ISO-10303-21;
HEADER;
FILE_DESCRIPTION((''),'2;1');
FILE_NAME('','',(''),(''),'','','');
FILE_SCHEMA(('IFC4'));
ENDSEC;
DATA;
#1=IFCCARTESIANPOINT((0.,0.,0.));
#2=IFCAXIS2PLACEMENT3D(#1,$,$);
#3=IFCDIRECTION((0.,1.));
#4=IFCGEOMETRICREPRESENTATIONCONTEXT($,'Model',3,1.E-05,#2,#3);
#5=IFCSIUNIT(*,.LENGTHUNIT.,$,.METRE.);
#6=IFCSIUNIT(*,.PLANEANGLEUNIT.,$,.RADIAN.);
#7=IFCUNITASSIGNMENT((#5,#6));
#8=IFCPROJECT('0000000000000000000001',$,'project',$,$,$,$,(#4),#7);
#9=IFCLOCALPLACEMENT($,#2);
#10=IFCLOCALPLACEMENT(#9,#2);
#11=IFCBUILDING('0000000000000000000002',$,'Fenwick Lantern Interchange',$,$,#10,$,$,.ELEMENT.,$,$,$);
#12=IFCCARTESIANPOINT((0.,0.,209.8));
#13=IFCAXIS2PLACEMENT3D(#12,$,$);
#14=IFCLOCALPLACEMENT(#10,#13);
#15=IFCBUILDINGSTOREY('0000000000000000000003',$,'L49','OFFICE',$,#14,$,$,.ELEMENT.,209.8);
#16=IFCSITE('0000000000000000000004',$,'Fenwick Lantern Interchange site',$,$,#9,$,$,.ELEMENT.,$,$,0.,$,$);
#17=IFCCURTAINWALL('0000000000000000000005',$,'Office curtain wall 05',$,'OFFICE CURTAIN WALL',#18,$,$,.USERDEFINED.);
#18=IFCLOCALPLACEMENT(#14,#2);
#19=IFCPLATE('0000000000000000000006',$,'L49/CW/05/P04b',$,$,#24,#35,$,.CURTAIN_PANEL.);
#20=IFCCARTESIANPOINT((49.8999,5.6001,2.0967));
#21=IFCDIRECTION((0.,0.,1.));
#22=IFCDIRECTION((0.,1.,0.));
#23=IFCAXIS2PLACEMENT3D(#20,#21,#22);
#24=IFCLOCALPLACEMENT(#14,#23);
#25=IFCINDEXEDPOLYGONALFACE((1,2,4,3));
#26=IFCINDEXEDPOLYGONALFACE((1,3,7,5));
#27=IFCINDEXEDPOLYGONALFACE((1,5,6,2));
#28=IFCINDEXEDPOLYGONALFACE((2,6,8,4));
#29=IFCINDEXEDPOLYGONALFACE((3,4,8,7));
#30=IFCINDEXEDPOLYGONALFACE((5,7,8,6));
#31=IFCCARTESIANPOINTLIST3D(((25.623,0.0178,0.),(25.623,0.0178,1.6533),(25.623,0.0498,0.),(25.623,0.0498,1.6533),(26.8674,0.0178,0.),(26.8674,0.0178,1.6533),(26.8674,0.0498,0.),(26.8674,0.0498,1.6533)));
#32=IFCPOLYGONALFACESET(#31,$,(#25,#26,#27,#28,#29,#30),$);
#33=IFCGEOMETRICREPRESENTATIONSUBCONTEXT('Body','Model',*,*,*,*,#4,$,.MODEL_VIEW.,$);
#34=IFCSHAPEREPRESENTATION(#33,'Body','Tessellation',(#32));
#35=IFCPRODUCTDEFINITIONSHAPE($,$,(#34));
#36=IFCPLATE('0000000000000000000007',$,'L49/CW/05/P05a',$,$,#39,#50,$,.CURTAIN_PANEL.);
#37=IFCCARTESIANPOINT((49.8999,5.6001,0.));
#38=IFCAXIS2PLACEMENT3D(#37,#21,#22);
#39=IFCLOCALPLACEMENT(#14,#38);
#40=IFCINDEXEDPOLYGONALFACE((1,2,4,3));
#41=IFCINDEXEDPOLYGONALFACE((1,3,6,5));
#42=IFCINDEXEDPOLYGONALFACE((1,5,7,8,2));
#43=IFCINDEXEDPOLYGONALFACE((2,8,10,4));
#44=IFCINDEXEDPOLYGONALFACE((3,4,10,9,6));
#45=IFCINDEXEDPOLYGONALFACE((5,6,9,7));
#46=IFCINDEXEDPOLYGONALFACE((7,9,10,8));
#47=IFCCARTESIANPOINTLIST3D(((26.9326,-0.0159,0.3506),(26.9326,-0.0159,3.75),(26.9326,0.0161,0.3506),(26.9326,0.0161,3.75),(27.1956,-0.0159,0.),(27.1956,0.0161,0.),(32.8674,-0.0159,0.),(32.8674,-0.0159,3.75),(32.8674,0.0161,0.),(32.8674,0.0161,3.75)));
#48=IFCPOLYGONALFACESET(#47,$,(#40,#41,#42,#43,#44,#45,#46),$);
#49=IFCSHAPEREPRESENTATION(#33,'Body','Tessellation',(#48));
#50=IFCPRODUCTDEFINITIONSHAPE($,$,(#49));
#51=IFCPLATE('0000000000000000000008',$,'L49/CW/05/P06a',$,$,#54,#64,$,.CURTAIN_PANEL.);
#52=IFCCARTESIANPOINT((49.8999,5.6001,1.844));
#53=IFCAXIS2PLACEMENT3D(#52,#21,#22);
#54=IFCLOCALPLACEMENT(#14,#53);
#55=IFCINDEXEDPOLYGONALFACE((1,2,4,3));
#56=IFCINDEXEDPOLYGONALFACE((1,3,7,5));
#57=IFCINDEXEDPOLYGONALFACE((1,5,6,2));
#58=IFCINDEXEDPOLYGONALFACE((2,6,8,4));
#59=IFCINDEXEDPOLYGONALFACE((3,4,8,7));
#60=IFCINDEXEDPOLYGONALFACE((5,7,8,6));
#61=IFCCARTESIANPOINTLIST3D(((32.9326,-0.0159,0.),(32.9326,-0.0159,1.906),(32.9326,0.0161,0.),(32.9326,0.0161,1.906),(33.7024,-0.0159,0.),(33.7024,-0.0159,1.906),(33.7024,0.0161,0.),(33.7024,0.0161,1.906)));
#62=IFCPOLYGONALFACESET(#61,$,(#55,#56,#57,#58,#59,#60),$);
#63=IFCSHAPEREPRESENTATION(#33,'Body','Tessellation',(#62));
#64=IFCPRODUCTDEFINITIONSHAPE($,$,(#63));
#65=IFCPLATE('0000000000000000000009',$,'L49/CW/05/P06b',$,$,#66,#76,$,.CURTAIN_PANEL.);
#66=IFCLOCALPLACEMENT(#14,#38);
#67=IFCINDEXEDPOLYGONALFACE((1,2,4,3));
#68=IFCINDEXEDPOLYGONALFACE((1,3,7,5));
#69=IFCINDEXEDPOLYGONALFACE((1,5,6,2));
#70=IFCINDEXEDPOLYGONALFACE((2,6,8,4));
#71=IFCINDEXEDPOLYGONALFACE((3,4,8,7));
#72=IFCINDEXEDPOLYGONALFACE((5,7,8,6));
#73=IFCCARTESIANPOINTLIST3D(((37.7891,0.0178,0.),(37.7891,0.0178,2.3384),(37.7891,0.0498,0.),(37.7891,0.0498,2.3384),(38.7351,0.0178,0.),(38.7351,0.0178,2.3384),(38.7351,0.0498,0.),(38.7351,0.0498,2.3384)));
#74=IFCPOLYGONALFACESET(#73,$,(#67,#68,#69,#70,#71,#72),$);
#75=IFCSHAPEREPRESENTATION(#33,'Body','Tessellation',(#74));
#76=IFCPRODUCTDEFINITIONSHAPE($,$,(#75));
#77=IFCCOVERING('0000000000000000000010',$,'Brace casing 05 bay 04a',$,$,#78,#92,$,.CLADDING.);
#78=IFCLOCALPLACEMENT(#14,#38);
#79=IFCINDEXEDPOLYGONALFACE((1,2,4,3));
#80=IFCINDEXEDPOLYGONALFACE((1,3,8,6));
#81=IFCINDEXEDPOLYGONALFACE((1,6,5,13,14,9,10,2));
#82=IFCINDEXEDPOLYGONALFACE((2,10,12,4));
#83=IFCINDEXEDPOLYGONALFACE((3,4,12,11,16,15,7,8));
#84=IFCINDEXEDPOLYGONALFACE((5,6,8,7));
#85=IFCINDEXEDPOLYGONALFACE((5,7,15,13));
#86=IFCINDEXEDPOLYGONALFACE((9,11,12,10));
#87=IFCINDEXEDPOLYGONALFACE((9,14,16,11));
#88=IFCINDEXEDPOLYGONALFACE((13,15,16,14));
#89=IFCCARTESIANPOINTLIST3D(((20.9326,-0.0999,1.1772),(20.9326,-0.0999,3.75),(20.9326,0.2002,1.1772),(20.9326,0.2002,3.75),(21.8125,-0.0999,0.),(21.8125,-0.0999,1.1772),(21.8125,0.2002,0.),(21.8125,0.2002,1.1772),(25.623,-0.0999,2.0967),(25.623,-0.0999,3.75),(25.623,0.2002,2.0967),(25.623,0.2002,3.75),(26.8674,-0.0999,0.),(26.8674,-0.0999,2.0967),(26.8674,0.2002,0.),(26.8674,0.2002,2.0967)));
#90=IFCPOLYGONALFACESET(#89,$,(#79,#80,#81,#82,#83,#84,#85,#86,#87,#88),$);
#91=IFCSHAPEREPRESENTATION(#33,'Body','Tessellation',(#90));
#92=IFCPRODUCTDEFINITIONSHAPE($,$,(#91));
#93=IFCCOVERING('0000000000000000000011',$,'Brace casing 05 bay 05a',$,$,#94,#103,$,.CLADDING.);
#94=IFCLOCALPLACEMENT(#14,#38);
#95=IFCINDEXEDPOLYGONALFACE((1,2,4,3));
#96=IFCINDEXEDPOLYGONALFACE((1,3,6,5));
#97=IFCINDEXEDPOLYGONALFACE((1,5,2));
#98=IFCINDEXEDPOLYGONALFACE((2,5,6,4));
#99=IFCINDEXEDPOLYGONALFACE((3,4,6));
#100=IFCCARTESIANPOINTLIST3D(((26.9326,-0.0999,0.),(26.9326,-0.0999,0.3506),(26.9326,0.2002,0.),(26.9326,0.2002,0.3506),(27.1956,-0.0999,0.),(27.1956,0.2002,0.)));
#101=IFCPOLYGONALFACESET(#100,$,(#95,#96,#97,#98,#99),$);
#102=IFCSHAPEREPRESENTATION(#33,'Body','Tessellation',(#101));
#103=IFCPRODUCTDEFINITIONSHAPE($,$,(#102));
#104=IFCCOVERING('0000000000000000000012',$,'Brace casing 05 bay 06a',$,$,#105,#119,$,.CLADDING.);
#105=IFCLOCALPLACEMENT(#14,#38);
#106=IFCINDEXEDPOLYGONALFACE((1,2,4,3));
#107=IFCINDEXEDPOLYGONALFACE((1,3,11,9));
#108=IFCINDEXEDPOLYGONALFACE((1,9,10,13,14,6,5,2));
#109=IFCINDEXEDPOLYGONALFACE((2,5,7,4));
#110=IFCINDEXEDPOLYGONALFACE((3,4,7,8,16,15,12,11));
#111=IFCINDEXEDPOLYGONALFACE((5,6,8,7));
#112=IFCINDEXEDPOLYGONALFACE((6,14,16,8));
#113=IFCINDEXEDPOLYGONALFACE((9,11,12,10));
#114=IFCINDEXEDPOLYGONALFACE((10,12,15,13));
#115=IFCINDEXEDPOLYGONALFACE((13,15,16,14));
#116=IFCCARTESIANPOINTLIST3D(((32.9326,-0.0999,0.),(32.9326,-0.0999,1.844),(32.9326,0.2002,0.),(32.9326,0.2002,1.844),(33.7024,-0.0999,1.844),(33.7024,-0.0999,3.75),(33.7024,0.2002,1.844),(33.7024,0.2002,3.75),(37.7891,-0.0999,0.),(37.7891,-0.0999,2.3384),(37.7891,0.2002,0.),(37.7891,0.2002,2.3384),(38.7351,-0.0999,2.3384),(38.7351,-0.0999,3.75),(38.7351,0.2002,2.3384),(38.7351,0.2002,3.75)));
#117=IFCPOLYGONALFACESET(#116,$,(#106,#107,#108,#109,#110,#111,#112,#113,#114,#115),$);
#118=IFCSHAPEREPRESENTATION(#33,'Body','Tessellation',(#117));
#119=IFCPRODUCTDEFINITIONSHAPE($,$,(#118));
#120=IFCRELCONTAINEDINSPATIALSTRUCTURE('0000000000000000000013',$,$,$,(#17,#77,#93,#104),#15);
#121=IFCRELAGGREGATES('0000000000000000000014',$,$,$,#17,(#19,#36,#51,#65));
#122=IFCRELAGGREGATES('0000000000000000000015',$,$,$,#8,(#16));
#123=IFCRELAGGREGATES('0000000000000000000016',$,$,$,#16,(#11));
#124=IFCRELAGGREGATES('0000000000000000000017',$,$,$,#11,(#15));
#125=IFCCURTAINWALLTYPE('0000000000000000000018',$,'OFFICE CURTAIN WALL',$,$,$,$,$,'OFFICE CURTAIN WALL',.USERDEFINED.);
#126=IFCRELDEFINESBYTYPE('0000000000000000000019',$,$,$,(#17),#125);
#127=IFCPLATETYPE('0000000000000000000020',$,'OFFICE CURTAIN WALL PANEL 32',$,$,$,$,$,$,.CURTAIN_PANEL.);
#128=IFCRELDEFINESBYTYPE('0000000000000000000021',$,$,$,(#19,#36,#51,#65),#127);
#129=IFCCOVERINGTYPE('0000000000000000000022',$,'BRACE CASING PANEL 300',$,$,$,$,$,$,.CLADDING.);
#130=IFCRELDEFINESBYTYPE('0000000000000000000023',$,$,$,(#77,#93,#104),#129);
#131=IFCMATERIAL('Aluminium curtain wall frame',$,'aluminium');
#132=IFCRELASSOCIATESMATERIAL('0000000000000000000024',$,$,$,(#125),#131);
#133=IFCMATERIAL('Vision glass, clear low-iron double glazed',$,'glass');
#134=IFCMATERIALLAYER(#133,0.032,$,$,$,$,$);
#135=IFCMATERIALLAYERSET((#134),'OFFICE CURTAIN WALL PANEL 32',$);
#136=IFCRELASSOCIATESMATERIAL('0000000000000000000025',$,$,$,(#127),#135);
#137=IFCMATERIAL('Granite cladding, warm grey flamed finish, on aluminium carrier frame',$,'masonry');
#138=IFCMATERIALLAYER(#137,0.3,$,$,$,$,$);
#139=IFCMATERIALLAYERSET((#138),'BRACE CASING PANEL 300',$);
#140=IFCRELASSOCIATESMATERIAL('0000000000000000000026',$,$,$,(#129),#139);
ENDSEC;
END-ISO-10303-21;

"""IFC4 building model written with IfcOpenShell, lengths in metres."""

from ifc_helpers import new_model, si_unit, direction, frame, origin, place, context, subcontext, project, spatial, polyline, outline, extrude, material, layer, layer_set, type_object, element, aggregate, save


model = new_model("IFC4")

# Units and contexts
model_context = context("Model", 3, precision=1e-05, world=origin(), true_north=direction((0.0, 1.0)))
body_context = subcontext(model_context, "Body", "Model", "MODEL_VIEW")
ifc_project = project(units=[si_unit("LENGTHUNIT", "METRE"), si_unit("PLANEANGLEUNIT", "RADIAN")], contexts=[model_context])

# Site, building, storey
site_placement = place(None, origin())
site = spatial("IfcSite", under=ifc_project, at=site_placement, Name="Fenwick Lantern Interchange site", CompositionType="ELEMENT", RefElevation=0.0)
building_placement = place(site_placement, origin())
building = spatial("IfcBuilding", under=site, at=building_placement, Name="Fenwick Lantern Interchange", CompositionType="ELEMENT")
storey_placement = place(building_placement, frame((0.0, 0.0, 209.8)))
storey = spatial("IfcBuildingStorey", under=building, at=storey_placement, Name="L49", Description="OFFICE", CompositionType="ELEMENT", Elevation=209.8)

# Curtain wall, plates
ifc_material_1 = material(Name="Aluminium curtain wall frame", Category="aluminium")
curtain_wall_type = type_object("IfcCurtainWallType", Name="OFFICE CURTAIN WALL", ElementType="OFFICE CURTAIN WALL", PredefinedType="USERDEFINED", material=ifc_material_1)
curtain_wall_placement = place(storey_placement, origin())
curtain_wall = element("IfcCurtainWall", 1, at=curtain_wall_placement, inside=storey, type_object=curtain_wall_type, Name="Office curtain wall 05", ObjectType="OFFICE CURTAIN WALL", PredefinedType="USERDEFINED")
ifc_material_2 = material(Name="Vision glass, clear low-iron double glazed", Category="glass")
ifc_layer_1 = layer(ifc_material_2, 0.032)
ifc_layer_set_1 = layer_set([ifc_layer_1], Name="OFFICE CURTAIN WALL PANEL 32")
plate_type = type_object("IfcPlateType", Name="OFFICE CURTAIN WALL PANEL 32", PredefinedType="CURTAIN_PANEL", material=ifc_layer_set_1)
plate_1_placement = place(storey_placement, frame((49.8999, 5.6001, 2.0967), z_axis=(0.0, 0.0, 1.0), x_axis=(0.0, 1.0, 0.0)))
plate_1 = element("IfcPlate", 2, at=plate_1_placement, type_object=plate_type, Name="L49/CW/05/P04b", PredefinedType="CURTAIN_PANEL", context=body_context, shape_type="SweptSolid", body=[
    extrude(outline(polyline([(25.623, 0.0), (26.8674, 0.0), (26.8674, 1.6533), (25.623, 1.6533), (25.623, 0.0)])), frame((0.0, 0.0498, 0.0), z_axis=(0.0, -1.0, 0.0), x_axis=(1.0, 0.0, 0.0)), (0.0, 0.0, 1.0), 0.032),
])
plate_2_placement = place(storey_placement, frame((49.8999, 5.6001, 0.0), z_axis=(0.0, 0.0, 1.0), x_axis=(0.0, 1.0, 0.0)))
plate_2 = element("IfcPlate", 3, at=plate_2_placement, type_object=plate_type, Name="L49/CW/05/P05a", PredefinedType="CURTAIN_PANEL", context=body_context, shape_type="SweptSolid", body=[
    extrude(outline(polyline([(27.1956, 0.0), (32.8674, 0.0), (32.8674, 3.75), (26.9326, 3.75), (26.9326, 0.3506), (27.1956, 0.0)])), frame((0.0, 0.0161, 0.0), z_axis=(0.0, -1.0, 0.0), x_axis=(1.0, 0.0, 0.0)), (0.0, 0.0, 1.0), 0.032),
])
plate_3_placement = place(storey_placement, frame((49.8999, 5.6001, 1.844), z_axis=(0.0, 0.0, 1.0), x_axis=(0.0, 1.0, 0.0)))
plate_3 = element("IfcPlate", 4, at=plate_3_placement, type_object=plate_type, Name="L49/CW/05/P06a", PredefinedType="CURTAIN_PANEL", context=body_context, shape_type="SweptSolid", body=[
    extrude(outline(polyline([(32.9326, 0.0), (33.7024, 0.0), (33.7024, 1.906), (32.9326, 1.906), (32.9326, 0.0)])), frame((0.0, 0.0161, 0.0), z_axis=(0.0, -1.0, 0.0), x_axis=(1.0, 0.0, 0.0)), (0.0, 0.0, 1.0), 0.032),
])
plate_4_placement = place(storey_placement, frame((49.8999, 5.6001, 0.0), z_axis=(0.0, 0.0, 1.0), x_axis=(0.0, 1.0, 0.0)))
plate_4 = element("IfcPlate", 5, at=plate_4_placement, type_object=plate_type, Name="L49/CW/05/P06b", PredefinedType="CURTAIN_PANEL", context=body_context, shape_type="SweptSolid", body=[
    extrude(outline(polyline([(37.7891, 0.0), (38.7351, 0.0), (38.7351, 2.3384), (37.7891, 2.3384), (37.7891, 0.0)])), frame((0.0, 0.0498, 0.0), z_axis=(0.0, -1.0, 0.0), x_axis=(1.0, 0.0, 0.0)), (0.0, 0.0, 1.0), 0.032),
])
aggregate(curtain_wall, [plate_1, plate_2, plate_3, plate_4])

# Coverings
ifc_material_3 = material(Name="Granite cladding, warm grey flamed finish, on aluminium carrier frame", Category="masonry")
ifc_layer_2 = layer(ifc_material_3, 0.3)
ifc_layer_set_2 = layer_set([ifc_layer_2], Name="BRACE CASING PANEL 300")
covering_type = type_object("IfcCoveringType", Name="BRACE CASING PANEL 300", PredefinedType="CLADDING", material=ifc_layer_set_2)
covering_1_placement = place(storey_placement, frame((49.8999, 5.6001, 0.0), z_axis=(0.0, 0.0, 1.0), x_axis=(0.0, 1.0, 0.0)))
element("IfcCovering", 6, at=covering_1_placement, inside=storey, type_object=covering_type, Name="Brace casing 05 bay 04a", PredefinedType="CLADDING", context=body_context, shape_type="SweptSolid", body=[
    extrude(outline(polyline([(21.8125, 0.0), (26.8674, 0.0), (26.8674, 2.0967), (25.623, 2.0967), (25.623, 3.75), (20.9326, 3.75), (20.9326, 1.1772), (21.8125, 1.1772), (21.8125, 0.0)])), frame((0.0, 0.2002, 0.0), z_axis=(0.0, -1.0, 0.0), x_axis=(1.0, 0.0, 0.0)), (0.0, 0.0, 1.0), 0.3),
])
covering_2_placement = place(storey_placement, frame((49.8999, 5.6001, 0.0), z_axis=(0.0, 0.0, 1.0), x_axis=(0.0, 1.0, 0.0)))
element("IfcCovering", 7, at=covering_2_placement, inside=storey, type_object=covering_type, Name="Brace casing 05 bay 05a", PredefinedType="CLADDING", context=body_context, shape_type="SweptSolid", body=[
    extrude(outline(polyline([(26.9326, 0.0), (27.1956, 0.0), (26.9326, 0.3506), (26.9326, 0.0)])), frame((0.0, 0.2002, 0.0), z_axis=(0.0, -1.0, 0.0), x_axis=(1.0, 0.0, 0.0)), (0.0, 0.0, 1.0), 0.3),
])
covering_3_placement = place(storey_placement, frame((49.8999, 5.6001, 0.0), z_axis=(0.0, 0.0, 1.0), x_axis=(0.0, 1.0, 0.0)))
element("IfcCovering", 8, at=covering_3_placement, inside=storey, type_object=covering_type, Name="Brace casing 05 bay 06a", PredefinedType="CLADDING", context=body_context, shape_type="SweptSolid", body=[
    extrude(outline(polyline([(32.9326, 0.0), (37.7891, 0.0), (37.7891, 2.3384), (38.7351, 2.3384), (38.7351, 3.75), (33.7024, 3.75), (33.7024, 1.844), (32.9326, 1.844), (32.9326, 0.0)])), frame((0.0, 0.2002, 0.0), z_axis=(0.0, -1.0, 0.0), x_axis=(1.0, 0.0, 0.0)), (0.0, 0.0, 1.0), 0.3),
])

save(model, "model.ifc")
